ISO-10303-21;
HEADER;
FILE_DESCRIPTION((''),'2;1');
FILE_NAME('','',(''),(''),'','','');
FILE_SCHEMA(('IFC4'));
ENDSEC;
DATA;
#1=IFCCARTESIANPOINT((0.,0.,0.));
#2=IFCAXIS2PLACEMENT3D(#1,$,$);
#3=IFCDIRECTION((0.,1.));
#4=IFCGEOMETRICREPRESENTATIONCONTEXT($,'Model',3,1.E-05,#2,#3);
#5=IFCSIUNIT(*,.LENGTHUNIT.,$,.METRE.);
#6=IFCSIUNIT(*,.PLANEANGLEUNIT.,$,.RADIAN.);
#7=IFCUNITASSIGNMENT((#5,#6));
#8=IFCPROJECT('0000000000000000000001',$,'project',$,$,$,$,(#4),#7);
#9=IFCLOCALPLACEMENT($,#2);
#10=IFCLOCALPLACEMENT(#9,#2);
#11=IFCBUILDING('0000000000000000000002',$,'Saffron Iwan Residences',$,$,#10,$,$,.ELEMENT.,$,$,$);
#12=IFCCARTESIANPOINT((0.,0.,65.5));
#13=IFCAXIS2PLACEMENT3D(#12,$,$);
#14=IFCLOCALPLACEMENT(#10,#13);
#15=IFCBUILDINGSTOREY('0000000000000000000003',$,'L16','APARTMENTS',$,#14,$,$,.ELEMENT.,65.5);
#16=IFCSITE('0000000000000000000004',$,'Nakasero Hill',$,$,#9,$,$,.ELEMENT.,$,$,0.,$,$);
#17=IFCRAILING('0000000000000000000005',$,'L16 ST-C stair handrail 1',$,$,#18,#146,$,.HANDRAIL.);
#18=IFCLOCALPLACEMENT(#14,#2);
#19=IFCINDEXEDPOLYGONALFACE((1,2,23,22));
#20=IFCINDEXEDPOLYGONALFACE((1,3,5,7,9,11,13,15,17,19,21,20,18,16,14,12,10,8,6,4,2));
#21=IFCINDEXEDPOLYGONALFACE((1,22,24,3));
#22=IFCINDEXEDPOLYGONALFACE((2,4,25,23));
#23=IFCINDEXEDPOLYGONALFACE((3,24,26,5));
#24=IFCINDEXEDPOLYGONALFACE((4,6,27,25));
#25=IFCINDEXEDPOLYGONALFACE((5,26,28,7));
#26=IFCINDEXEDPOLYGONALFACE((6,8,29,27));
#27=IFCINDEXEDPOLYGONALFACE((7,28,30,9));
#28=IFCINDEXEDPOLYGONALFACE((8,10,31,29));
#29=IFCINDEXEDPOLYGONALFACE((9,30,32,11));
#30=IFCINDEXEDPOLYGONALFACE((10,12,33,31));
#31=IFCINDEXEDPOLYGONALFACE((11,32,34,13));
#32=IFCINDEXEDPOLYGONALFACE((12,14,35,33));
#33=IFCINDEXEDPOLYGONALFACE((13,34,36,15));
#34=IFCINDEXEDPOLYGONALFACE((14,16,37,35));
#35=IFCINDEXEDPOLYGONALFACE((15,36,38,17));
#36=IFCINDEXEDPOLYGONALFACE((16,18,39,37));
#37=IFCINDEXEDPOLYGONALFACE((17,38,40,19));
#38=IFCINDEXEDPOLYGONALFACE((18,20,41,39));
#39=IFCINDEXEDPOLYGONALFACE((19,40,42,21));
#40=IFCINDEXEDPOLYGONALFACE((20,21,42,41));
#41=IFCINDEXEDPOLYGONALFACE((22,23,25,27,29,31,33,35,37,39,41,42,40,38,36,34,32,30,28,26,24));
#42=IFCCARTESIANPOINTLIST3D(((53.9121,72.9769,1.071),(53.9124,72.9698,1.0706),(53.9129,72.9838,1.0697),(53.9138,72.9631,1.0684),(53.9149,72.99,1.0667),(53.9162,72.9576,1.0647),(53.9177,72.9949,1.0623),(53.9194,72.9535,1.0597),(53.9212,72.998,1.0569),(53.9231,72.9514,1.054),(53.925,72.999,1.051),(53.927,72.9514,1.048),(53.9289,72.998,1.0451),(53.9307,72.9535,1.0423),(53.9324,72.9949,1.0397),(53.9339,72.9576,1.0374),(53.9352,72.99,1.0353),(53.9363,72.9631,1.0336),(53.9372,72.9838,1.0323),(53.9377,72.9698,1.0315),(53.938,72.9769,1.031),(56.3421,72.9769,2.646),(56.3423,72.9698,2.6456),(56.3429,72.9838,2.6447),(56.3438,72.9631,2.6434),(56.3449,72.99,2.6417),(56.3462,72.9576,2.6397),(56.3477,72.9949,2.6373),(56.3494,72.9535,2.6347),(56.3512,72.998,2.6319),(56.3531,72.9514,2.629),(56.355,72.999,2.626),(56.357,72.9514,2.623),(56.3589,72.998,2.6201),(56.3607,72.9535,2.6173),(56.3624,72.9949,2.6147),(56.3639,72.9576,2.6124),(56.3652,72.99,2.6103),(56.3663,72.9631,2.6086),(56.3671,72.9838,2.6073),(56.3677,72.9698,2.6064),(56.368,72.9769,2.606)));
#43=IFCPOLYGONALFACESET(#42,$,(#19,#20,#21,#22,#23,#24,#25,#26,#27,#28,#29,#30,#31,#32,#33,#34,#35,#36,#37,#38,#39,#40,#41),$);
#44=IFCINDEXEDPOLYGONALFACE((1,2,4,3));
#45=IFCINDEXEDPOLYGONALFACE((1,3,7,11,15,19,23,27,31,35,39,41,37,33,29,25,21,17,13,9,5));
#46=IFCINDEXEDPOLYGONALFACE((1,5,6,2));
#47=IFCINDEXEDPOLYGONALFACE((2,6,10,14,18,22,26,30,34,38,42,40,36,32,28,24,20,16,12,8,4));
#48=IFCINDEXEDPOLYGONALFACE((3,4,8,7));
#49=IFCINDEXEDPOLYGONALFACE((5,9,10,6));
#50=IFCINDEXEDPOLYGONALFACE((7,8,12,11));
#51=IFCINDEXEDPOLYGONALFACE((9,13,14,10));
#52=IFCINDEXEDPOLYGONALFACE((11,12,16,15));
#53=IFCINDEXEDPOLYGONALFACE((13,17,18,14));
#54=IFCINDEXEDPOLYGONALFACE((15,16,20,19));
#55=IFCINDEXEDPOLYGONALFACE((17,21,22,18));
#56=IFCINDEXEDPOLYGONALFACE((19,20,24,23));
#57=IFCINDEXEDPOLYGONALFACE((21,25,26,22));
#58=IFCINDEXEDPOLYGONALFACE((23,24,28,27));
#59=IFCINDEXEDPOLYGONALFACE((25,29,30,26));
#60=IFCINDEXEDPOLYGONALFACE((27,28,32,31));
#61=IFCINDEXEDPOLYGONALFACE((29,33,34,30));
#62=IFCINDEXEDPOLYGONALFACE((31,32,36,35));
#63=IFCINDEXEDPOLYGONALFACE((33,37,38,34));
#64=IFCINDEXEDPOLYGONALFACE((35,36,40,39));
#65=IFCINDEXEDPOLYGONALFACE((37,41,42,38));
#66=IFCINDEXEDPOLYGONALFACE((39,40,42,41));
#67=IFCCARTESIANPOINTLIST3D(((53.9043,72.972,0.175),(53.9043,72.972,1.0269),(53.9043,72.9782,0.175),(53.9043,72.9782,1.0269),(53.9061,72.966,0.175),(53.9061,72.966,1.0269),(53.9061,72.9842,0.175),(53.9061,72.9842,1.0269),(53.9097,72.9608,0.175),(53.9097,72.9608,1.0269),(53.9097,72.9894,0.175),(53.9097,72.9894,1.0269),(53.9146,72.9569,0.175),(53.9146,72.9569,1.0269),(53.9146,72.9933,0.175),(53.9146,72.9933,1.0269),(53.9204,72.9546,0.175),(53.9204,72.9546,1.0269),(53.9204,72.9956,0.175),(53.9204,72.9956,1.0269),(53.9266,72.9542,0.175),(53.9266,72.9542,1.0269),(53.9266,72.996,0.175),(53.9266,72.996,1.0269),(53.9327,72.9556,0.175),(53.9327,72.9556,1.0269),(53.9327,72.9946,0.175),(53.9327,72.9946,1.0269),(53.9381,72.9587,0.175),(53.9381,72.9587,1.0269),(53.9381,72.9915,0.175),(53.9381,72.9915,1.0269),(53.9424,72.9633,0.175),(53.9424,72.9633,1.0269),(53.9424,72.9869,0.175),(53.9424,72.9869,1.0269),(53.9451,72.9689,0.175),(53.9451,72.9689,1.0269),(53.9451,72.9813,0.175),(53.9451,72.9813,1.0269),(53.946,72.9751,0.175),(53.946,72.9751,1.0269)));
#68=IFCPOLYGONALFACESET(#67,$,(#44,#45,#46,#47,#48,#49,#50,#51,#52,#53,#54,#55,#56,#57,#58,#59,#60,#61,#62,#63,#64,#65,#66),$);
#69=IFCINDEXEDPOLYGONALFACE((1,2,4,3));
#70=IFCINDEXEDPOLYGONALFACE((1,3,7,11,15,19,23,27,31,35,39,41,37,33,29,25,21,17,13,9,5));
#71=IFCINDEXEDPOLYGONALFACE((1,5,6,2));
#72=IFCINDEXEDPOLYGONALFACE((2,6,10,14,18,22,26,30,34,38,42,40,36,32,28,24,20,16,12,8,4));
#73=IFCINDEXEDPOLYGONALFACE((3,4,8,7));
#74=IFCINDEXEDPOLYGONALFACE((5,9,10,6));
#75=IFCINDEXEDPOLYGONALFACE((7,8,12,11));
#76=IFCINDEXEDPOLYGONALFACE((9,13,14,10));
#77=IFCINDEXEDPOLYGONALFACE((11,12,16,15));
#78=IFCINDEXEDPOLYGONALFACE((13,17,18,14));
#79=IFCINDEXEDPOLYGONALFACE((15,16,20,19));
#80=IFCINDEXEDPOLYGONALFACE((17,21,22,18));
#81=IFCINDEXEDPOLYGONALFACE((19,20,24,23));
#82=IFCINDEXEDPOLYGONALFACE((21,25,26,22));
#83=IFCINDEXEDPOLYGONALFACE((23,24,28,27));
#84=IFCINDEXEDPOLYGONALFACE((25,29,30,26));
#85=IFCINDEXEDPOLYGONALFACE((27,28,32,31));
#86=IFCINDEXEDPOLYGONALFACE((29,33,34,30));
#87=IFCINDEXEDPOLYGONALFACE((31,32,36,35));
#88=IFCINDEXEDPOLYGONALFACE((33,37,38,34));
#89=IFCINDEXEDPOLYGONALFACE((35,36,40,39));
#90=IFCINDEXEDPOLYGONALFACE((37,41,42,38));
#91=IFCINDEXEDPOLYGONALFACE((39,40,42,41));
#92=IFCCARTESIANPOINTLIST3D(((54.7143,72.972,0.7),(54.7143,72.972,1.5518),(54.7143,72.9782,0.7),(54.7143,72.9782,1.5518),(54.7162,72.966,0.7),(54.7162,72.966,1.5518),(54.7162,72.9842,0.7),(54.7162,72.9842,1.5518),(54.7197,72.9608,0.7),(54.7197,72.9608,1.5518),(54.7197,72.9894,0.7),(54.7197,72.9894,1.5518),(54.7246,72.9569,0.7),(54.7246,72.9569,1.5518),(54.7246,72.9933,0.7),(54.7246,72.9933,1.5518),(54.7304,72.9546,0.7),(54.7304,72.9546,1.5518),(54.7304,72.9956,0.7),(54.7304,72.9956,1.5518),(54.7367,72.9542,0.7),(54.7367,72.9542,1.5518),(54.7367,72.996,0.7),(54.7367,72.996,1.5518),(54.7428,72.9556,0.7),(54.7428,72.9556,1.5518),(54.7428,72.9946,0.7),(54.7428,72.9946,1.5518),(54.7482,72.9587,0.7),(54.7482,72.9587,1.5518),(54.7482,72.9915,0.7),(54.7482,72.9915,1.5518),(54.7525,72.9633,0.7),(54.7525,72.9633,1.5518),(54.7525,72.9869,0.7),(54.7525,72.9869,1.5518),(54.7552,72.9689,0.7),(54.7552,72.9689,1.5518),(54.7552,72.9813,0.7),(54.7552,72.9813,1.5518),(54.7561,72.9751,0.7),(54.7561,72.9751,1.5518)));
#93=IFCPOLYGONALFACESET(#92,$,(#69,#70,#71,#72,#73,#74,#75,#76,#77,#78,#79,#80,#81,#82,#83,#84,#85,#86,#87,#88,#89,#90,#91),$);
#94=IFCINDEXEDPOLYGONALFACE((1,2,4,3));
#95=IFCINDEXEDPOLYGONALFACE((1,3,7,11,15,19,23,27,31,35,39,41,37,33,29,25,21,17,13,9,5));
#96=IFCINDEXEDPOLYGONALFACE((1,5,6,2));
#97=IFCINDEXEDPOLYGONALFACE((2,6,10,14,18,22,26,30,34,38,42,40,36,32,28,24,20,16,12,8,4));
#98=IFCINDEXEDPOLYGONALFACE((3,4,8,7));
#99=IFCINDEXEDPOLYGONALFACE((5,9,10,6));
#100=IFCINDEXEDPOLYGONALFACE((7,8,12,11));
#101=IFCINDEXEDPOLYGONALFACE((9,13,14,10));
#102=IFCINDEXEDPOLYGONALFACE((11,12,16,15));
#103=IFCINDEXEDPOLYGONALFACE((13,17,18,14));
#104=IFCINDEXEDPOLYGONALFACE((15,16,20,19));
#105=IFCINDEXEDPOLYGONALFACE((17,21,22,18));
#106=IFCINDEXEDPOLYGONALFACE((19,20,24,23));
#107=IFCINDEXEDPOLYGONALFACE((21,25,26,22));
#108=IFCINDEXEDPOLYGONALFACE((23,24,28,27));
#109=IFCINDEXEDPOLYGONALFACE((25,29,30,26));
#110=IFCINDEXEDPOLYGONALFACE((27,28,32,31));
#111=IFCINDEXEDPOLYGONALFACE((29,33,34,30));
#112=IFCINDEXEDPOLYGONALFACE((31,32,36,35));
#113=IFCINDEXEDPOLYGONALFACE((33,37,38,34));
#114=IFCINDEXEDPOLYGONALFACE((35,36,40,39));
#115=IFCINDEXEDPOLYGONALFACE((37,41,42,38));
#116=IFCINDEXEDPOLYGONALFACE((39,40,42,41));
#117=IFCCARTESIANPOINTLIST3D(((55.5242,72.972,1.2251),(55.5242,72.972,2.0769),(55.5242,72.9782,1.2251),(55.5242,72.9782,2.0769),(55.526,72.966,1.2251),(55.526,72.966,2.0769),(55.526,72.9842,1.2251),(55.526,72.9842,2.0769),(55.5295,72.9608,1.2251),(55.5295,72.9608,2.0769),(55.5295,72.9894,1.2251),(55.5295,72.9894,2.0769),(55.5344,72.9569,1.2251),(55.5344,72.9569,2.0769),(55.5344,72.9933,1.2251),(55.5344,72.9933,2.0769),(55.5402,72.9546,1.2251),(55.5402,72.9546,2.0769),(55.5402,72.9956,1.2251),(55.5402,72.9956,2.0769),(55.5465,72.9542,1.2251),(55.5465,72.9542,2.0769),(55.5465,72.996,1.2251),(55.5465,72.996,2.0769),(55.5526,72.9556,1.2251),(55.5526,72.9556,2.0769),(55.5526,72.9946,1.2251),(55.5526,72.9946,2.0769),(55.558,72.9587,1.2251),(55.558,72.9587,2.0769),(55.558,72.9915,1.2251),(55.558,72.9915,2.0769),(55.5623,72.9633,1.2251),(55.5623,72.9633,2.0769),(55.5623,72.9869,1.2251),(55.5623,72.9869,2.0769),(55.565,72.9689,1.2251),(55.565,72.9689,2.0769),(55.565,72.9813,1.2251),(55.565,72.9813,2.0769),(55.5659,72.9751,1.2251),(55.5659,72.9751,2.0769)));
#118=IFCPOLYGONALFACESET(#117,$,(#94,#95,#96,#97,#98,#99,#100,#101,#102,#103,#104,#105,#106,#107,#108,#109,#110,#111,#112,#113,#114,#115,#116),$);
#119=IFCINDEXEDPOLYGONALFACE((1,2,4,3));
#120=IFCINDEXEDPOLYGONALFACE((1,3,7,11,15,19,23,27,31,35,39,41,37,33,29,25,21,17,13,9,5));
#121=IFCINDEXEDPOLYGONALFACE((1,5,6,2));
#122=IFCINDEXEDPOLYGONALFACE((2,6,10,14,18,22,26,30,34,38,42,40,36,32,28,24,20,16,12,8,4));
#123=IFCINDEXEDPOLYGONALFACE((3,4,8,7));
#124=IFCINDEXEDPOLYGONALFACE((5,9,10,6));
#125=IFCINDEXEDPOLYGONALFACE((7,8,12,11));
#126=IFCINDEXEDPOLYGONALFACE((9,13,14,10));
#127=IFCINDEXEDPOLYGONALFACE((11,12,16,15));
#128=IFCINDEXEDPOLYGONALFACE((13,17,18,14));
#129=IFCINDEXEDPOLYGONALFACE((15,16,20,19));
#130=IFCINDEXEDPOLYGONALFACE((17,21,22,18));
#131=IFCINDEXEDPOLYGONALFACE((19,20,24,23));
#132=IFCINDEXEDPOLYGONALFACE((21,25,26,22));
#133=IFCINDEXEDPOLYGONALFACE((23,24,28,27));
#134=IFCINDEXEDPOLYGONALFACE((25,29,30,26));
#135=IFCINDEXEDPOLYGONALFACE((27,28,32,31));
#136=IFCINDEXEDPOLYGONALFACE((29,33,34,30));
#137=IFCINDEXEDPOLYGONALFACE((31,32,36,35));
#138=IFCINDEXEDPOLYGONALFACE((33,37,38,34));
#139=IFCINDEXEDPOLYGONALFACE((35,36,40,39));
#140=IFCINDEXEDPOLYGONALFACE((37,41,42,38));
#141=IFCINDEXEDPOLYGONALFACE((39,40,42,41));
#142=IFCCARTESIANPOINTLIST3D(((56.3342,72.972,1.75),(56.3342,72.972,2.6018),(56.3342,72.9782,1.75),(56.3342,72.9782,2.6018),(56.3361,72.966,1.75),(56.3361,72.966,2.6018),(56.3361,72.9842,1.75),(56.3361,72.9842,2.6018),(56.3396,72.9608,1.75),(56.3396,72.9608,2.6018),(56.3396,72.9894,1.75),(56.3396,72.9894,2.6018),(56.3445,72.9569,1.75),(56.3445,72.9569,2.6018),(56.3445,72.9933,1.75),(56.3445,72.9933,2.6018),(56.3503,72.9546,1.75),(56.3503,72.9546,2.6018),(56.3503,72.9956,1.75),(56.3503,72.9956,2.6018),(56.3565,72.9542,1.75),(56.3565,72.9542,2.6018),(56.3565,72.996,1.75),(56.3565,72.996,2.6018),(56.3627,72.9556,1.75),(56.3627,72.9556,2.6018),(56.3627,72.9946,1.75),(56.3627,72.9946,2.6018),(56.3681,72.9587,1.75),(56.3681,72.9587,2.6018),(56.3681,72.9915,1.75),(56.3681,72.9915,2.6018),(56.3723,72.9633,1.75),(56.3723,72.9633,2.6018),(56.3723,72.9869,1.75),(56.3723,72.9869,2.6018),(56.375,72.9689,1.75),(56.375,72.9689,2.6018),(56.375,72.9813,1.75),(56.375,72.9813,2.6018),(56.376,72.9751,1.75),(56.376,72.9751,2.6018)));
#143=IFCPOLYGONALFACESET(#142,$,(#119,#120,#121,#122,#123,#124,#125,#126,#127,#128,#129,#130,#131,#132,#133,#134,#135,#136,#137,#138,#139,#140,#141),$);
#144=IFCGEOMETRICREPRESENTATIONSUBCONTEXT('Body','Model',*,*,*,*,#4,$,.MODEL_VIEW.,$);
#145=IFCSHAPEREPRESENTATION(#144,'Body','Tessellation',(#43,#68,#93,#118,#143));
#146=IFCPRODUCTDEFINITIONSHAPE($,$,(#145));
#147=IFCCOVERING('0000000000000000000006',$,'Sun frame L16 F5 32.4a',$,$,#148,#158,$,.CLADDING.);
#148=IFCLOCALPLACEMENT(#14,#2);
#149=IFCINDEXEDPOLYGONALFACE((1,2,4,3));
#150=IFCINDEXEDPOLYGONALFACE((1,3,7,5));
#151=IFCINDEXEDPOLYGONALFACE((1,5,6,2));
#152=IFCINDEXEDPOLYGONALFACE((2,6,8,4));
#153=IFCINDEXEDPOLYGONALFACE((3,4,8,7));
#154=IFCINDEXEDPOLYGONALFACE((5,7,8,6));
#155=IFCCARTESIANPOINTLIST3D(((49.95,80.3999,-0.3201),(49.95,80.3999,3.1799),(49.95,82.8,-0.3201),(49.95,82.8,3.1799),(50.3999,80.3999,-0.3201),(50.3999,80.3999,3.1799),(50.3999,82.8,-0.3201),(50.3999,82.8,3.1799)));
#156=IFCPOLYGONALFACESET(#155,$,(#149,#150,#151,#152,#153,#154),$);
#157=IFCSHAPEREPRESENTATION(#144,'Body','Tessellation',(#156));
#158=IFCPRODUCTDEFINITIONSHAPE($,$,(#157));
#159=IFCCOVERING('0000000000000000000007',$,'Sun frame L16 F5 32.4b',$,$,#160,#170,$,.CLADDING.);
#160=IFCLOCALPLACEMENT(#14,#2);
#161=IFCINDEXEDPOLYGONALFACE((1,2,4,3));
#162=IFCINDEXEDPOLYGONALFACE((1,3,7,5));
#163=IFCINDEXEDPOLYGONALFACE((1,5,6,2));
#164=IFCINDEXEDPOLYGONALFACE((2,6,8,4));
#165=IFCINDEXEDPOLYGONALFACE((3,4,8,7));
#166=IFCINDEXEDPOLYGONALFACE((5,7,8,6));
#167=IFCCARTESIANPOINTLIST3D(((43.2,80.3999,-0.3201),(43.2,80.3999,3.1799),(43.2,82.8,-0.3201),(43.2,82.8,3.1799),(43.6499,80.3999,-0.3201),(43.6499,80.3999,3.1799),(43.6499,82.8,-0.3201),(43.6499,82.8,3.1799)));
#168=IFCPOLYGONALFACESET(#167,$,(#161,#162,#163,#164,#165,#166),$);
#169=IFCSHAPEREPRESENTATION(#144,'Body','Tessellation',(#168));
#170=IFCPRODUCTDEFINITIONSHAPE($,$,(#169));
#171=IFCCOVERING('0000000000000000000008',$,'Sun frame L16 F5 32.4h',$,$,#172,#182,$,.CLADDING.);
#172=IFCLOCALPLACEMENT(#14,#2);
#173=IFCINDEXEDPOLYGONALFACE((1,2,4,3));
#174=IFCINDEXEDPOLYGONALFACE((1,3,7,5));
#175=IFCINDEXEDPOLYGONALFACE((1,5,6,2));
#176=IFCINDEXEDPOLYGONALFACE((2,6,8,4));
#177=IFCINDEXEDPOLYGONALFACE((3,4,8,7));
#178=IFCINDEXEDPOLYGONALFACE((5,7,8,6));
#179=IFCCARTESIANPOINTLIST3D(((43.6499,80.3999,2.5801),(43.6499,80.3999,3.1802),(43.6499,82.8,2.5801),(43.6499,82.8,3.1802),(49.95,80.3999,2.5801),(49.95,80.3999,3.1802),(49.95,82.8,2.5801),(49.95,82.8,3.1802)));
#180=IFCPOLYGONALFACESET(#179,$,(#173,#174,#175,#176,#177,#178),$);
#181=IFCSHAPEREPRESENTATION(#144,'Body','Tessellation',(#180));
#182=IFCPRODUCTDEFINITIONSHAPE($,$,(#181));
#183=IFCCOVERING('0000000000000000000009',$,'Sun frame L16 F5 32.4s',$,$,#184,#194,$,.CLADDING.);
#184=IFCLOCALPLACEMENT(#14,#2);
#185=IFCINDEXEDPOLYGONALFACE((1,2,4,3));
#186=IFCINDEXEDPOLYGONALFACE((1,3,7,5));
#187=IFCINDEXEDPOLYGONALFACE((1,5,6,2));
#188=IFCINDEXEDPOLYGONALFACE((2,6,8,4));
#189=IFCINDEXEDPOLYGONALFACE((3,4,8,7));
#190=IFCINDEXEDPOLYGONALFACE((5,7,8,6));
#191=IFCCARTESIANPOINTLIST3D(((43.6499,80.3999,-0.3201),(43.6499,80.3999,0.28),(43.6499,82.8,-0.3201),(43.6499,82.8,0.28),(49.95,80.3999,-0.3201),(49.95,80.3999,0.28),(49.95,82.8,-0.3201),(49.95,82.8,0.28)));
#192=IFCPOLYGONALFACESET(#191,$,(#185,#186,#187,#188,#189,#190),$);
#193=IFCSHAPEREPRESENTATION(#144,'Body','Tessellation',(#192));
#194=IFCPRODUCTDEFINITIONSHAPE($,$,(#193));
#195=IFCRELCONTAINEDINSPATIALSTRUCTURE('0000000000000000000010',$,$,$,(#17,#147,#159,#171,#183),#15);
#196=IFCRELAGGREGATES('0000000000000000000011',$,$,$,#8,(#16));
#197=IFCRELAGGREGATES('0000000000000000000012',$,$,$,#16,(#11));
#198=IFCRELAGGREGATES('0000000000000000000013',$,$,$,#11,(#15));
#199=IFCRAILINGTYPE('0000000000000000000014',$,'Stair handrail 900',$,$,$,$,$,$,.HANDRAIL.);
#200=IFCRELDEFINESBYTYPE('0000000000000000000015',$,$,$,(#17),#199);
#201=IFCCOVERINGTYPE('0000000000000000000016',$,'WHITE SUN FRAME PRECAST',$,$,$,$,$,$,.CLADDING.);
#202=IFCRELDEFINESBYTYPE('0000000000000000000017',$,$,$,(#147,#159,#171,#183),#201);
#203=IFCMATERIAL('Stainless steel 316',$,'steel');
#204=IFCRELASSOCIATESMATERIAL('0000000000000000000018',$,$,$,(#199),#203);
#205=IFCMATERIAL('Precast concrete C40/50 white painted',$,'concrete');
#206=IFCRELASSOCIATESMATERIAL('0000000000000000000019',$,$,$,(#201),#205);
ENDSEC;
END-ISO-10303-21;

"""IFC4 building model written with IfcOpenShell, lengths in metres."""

from ifc_helpers import new_model, si_unit, direction, frame, origin, origin_2d, place, context, subcontext, project, spatial, polyline, circle, outline, extrude, material, type_object, element, save


model = new_model("IFC4")

# Units and contexts
model_context = context("Model", 3, precision=1e-05, world=origin(), true_north=direction((0.0, 1.0)))
body_context = subcontext(model_context, "Body", "Model", "MODEL_VIEW")
ifc_project = project(units=[si_unit("LENGTHUNIT", "METRE"), si_unit("PLANEANGLEUNIT", "RADIAN")], contexts=[model_context])

# Site, building, storey
site_placement = place(None, origin())
site = spatial("IfcSite", under=ifc_project, at=site_placement, Name="Nakasero Hill", CompositionType="ELEMENT", RefElevation=0.0)
building_placement = place(site_placement, origin())
building = spatial("IfcBuilding", under=site, at=building_placement, Name="Saffron Iwan Residences", CompositionType="ELEMENT")
storey_placement = place(building_placement, frame((0.0, 0.0, 65.5)))
storey = spatial("IfcBuildingStorey", under=building, at=storey_placement, Name="L16", Description="APARTMENTS", CompositionType="ELEMENT", Elevation=65.5)

# Railing
ifc_material_1 = material(Name="Stainless steel 316", Category="steel")
railing_type_1 = type_object("IfcRailingType", Name="Stair handrail 900", PredefinedType="HANDRAIL", material=ifc_material_1)
railing_1_placement = place(storey_placement, frame((53.925, 72.9751, 0.175)))
element("IfcRailing", 1, at=railing_1_placement, inside=storey, type_object=railing_type_1, Name="L16 ST-C stair handrail 1", PredefinedType="HANDRAIL", context=body_context, shape_type="SweptSolid", body=[
    extrude(circle(Radius=0.0239, at=origin_2d()), frame((0.0, 0.0, 0.876), z_axis=(0.839154, 0.0, 0.543894), x_axis=(0.0, 1.0, 0.0)), (0.0, 0.0, 1.0), 2.8958),
    extrude(circle(Radius=0.021, at=origin_2d()), origin(), (0.0, 0.0, 1.0), 0.8518),
    extrude(circle(Radius=0.021, at=origin_2d()), frame((0.8101, 0.0, 0.5249)), (0.0, 0.0, 1.0), 0.8518),
    extrude(circle(Radius=0.021, at=origin_2d()), frame((1.6199, 0.0, 1.05)), (0.0, 0.0, 1.0), 0.8518),
    extrude(circle(Radius=0.021, at=origin_2d()), frame((2.4299, 0.0, 1.575)), (0.0, 0.0, 1.0), 0.8518),
])

# Coverings
ifc_material_2 = material(Name="Precast concrete C40/50 white painted", Category="concrete")
covering_type = type_object("IfcCoveringType", Name="WHITE SUN FRAME PRECAST", PredefinedType="CLADDING", material=ifc_material_2)
for number, where, z_axis, x_axis, name in (
    (2, (50.3999, 80.3999, -0.3201), (0.0, 1.0, 0.0), (-1.0, 0.0, 0.0), "Sun frame L16 F5 32.4a"),
    (3, (43.6499, 80.3999, -0.3201), (0.0, 1.0, 0.0), (-1.0, 0.0, 0.0), "Sun frame L16 F5 32.4b"),
):
    element("IfcCovering", number, at=place(storey_placement, frame(where, z_axis=z_axis, x_axis=x_axis)), inside=storey, type_object=covering_type, Name=name, PredefinedType="CLADDING", context=body_context, shape_type="SweptSolid", body=[
        extrude(outline(polyline([(0.0, 0.0), (0.45, 0.0), (0.45, 3.5), (0.0, 3.5), (0.0, 0.0)])), origin(), (0.0, 0.0, 1.0), 2.4001),
    ])
for number, where, z_axis, x_axis, name in (
    (4, (49.95, 80.3999, 2.5801), (0.0, 1.0, 0.0), (-1.0, 0.0, 0.0), "Sun frame L16 F5 32.4h"),
    (5, (49.95, 80.3999, -0.3201), (0.0, 1.0, 0.0), (-1.0, 0.0, 0.0), "Sun frame L16 F5 32.4s"),
):
    element("IfcCovering", number, at=place(storey_placement, frame(where, z_axis=z_axis, x_axis=x_axis)), inside=storey, type_object=covering_type, Name=name, PredefinedType="CLADDING", context=body_context, shape_type="SweptSolid", body=[
        extrude(outline(polyline([(0.0, 0.0), (6.3, 0.0), (6.3, 0.6001), (0.0, 0.6001), (0.0, 0.0)])), origin(), (0.0, 0.0, 1.0), 2.4001),
    ])

save(model, "model.ifc")
